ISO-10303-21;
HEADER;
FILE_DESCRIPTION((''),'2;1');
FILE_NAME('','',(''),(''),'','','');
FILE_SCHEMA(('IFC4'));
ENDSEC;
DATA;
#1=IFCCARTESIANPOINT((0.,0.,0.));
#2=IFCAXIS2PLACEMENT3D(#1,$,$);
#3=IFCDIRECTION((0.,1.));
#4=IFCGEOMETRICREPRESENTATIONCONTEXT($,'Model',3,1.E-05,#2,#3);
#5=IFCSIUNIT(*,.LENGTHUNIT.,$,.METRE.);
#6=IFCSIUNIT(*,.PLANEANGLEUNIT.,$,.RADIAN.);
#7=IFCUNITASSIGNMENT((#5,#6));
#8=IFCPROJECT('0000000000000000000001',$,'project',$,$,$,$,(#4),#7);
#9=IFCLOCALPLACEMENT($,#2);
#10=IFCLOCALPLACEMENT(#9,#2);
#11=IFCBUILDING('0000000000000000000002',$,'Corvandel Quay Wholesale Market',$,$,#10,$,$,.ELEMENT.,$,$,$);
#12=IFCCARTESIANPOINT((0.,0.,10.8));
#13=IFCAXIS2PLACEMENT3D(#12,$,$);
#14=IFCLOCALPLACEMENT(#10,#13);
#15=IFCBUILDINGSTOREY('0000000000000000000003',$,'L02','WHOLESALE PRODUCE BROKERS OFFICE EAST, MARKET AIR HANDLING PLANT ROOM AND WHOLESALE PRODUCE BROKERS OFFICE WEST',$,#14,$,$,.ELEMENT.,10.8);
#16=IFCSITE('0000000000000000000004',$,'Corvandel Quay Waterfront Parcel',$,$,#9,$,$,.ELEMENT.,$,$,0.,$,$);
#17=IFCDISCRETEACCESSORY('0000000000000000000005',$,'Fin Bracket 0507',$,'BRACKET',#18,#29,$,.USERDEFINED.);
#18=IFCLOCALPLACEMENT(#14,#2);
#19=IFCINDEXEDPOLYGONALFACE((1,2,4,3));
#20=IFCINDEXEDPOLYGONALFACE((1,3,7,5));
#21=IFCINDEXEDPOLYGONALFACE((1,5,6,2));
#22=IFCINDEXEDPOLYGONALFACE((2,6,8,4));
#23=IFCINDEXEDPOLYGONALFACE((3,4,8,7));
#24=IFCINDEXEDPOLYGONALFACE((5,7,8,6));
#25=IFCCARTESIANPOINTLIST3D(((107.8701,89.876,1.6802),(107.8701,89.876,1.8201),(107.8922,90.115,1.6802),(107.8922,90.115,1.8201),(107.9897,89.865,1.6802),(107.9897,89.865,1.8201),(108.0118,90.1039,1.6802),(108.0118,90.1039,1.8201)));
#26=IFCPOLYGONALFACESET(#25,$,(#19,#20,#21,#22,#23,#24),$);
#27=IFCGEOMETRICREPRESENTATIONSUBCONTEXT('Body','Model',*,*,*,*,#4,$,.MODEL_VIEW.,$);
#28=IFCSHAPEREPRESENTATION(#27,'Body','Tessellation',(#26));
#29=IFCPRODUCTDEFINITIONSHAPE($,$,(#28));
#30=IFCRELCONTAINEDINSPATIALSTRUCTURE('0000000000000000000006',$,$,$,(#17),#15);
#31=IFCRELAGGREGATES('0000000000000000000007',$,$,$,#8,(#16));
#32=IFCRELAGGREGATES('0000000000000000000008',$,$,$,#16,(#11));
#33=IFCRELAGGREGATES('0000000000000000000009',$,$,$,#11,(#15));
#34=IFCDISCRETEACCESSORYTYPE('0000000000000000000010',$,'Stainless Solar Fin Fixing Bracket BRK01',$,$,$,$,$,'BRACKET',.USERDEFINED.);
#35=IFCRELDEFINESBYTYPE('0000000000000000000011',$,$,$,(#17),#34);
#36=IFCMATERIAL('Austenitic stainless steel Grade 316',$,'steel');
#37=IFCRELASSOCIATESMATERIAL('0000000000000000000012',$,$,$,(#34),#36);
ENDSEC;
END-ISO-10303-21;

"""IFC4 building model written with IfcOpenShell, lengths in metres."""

from ifc_helpers import new_model, si_unit, direction, frame, origin, origin_2d, place, context, subcontext, project, spatial, rectangle, extrude, material, type_object, element, save


model = new_model("IFC4")

# Units and contexts
model_context = context("Model", 3, precision=1e-05, world=origin(), true_north=direction((0.0, 1.0)))
body_context = subcontext(model_context, "Body", "Model", "MODEL_VIEW")
ifc_project = project(units=[si_unit("LENGTHUNIT", "METRE"), si_unit("PLANEANGLEUNIT", "RADIAN")], contexts=[model_context])

# Site, building, storey
site_placement = place(None, origin())
site = spatial("IfcSite", under=ifc_project, at=site_placement, Name="Corvandel Quay Waterfront Parcel", CompositionType="ELEMENT", RefElevation=0.0)
building_placement = place(site_placement, origin())
building = spatial("IfcBuilding", under=site, at=building_placement, Name="Corvandel Quay Wholesale Market", CompositionType="ELEMENT")
storey_placement = place(building_placement, frame((0.0, 0.0, 10.8)))
storey = spatial("IfcBuildingStorey", under=building, at=storey_placement, Name="L02", Description="WHOLESALE PRODUCE BROKERS OFFICE EAST, MARKET AIR HANDLING PLANT ROOM AND WHOLESALE PRODUCE BROKERS OFFICE WEST", CompositionType="ELEMENT", Elevation=10.8)

# Discrete accessory
ifc_material_1 = material(Name="Austenitic stainless steel Grade 316", Category="steel")
discrete_accessory_type = type_object("IfcDiscreteAccessoryType", Name="Stainless Solar Fin Fixing Bracket BRK01", ElementType="BRACKET", PredefinedType="USERDEFINED", material=ifc_material_1)
for number, where, z_axis, x_axis, name in (
    (1, (107.9409, 89.99, 1.6802), (0.0, 0.0, 1.0), (0.092023, 0.995757, 0.0), "Fin Bracket 0507"),
):
    element("IfcDiscreteAccessory", number, at=place(storey_placement, frame(where, z_axis=z_axis, x_axis=x_axis)), inside=storey, type_object=discrete_accessory_type, Name=name, ObjectType="BRACKET", PredefinedType="USERDEFINED", context=body_context, shape_type="SweptSolid", body=[
        extrude(rectangle(XDim=0.24, YDim=0.1201, at=origin_2d()), origin(), (0.0, 0.0, 1.0), 0.1399),
    ])

save(model, "model.ifc")
